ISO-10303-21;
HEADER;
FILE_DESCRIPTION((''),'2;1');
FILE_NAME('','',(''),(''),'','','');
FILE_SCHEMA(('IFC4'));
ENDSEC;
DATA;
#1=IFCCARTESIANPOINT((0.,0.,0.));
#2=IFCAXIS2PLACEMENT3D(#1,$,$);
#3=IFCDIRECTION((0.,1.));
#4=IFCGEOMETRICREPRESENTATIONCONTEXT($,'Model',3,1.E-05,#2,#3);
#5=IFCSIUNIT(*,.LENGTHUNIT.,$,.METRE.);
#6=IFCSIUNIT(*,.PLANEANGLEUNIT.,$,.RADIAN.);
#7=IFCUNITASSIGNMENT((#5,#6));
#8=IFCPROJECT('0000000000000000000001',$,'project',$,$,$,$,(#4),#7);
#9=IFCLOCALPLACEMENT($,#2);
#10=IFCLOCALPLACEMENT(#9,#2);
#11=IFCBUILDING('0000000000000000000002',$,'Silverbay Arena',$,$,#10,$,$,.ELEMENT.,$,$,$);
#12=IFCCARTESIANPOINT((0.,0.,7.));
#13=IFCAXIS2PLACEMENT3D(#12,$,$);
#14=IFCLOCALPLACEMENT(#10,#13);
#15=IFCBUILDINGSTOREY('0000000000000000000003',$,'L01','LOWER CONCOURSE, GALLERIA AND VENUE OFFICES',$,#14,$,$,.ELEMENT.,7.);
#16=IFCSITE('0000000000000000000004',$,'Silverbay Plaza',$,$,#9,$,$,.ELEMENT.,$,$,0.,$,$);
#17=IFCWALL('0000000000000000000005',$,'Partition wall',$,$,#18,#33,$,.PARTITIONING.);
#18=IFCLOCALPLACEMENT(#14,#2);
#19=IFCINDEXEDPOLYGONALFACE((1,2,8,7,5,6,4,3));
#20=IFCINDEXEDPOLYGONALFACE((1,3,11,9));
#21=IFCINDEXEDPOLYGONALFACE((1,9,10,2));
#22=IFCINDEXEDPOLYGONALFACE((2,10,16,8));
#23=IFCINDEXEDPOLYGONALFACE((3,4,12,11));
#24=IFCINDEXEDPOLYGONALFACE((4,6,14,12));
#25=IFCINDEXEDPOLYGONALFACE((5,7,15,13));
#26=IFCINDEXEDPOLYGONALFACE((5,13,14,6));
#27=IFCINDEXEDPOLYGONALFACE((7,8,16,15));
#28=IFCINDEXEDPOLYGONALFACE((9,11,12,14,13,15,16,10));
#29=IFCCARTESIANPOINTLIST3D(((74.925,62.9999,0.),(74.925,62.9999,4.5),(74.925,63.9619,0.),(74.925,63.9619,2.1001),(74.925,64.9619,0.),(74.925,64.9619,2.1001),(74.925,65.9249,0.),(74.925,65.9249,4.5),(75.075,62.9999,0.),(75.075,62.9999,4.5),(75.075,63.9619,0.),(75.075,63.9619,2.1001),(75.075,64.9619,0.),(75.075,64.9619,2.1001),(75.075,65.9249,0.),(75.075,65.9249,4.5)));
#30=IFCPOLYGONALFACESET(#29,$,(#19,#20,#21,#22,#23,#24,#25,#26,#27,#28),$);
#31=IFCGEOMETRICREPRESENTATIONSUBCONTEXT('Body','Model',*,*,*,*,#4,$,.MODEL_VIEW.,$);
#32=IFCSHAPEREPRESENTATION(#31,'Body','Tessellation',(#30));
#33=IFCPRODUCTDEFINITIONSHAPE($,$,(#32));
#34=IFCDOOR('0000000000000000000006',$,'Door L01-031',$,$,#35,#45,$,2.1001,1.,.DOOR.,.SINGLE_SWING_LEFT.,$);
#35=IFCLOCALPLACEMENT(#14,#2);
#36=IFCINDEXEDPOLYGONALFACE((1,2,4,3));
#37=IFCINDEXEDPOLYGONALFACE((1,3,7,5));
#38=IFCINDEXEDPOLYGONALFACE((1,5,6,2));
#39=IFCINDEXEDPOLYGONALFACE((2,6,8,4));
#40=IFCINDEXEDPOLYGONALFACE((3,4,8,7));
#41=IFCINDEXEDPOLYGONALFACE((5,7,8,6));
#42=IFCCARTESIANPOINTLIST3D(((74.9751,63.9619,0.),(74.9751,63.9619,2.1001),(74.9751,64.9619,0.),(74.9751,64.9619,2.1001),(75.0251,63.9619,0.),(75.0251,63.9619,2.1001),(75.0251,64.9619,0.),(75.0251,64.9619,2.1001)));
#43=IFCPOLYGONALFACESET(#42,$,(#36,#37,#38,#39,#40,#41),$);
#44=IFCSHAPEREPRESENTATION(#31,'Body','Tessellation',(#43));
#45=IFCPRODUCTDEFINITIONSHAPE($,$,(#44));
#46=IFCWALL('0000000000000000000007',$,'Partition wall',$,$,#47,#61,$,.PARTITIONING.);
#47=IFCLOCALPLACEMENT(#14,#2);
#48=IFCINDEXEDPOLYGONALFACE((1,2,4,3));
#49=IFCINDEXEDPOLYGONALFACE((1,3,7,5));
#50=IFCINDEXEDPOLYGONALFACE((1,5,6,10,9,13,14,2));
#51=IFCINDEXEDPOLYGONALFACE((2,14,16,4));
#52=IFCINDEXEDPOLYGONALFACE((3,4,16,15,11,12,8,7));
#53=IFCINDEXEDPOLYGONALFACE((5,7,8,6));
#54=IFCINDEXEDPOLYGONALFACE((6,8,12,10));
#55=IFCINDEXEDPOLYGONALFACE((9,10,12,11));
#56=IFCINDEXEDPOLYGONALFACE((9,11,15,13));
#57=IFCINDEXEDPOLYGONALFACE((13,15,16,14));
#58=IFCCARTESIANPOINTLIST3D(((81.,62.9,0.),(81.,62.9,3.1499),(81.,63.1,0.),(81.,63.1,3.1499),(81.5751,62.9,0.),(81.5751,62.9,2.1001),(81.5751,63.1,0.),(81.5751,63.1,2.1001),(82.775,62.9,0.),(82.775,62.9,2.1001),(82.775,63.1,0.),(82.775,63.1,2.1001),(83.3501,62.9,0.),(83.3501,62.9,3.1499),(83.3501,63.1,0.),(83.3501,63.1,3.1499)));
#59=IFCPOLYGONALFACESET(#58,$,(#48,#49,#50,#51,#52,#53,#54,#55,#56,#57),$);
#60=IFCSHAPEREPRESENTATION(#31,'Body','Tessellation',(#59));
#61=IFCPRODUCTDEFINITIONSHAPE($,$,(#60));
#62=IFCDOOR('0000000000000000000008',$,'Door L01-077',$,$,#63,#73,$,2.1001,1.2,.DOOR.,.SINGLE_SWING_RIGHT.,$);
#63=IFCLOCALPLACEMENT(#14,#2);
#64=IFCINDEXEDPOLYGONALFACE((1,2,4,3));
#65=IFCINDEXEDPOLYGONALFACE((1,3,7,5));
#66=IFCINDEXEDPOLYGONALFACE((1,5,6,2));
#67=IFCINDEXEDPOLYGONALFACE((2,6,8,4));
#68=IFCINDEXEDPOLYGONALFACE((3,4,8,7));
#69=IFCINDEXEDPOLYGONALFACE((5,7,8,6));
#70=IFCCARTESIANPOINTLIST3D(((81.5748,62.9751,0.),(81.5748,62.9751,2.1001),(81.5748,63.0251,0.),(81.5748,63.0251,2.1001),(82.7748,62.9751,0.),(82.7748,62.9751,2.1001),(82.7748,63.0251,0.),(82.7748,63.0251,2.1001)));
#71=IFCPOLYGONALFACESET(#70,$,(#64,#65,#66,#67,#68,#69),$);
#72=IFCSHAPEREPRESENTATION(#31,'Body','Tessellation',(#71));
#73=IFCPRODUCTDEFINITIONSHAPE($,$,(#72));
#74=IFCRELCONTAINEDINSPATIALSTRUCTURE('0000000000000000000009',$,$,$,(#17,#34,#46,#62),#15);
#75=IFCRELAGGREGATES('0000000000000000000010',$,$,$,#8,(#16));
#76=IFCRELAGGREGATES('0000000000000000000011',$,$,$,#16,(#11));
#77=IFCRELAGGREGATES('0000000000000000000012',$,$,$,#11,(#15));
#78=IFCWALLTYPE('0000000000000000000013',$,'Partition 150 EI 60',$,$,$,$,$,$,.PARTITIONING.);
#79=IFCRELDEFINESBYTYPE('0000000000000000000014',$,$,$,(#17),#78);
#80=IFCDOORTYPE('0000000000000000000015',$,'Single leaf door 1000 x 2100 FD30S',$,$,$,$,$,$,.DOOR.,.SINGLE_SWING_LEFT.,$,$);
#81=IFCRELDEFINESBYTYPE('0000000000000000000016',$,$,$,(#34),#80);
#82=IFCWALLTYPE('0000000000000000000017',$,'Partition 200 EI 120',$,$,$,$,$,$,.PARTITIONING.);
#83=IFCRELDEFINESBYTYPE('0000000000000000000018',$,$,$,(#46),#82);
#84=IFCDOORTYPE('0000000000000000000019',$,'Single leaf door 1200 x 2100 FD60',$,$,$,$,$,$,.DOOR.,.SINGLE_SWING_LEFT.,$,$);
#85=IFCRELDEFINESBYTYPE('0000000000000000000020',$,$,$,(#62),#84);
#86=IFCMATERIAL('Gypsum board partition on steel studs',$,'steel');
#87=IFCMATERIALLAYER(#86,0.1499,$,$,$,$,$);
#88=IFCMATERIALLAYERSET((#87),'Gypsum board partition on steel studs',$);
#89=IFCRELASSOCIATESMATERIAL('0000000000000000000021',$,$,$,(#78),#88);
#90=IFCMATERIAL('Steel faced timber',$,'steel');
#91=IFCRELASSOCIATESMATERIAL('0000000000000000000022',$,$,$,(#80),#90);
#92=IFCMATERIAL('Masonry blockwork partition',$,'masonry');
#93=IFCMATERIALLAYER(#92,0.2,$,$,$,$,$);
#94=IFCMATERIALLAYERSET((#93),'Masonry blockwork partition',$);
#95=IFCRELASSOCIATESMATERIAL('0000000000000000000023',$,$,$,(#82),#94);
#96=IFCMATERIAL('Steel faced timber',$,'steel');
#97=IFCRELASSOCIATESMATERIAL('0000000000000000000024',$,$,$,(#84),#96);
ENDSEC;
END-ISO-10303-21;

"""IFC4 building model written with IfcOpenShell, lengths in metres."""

from ifc_helpers import new_model, si_unit, direction, frame, frame_2d, origin, place, context, subcontext, project, spatial, rectangle, extrude, material, layer, layer_set, type_object, element, fill, save


model = new_model("IFC4")

# Units and contexts
model_context = context("Model", 3, precision=1e-05, world=origin(), true_north=direction((0.0, 1.0)))
body_context = subcontext(model_context, "Body", "Model", "MODEL_VIEW")
ifc_project = project(units=[si_unit("LENGTHUNIT", "METRE"), si_unit("PLANEANGLEUNIT", "RADIAN")], contexts=[model_context])

# Site, building, storey
site_placement = place(None, origin())
site = spatial("IfcSite", under=ifc_project, at=site_placement, Name="Silverbay Plaza", CompositionType="ELEMENT", RefElevation=0.0)
building_placement = place(site_placement, origin())
building = spatial("IfcBuilding", under=site, at=building_placement, Name="Silverbay Arena", CompositionType="ELEMENT")
storey_placement = place(building_placement, frame((0.0, 0.0, 7.0)))
storey = spatial("IfcBuildingStorey", under=building, at=storey_placement, Name="L01", Description="LOWER CONCOURSE, GALLERIA AND VENUE OFFICES", CompositionType="ELEMENT", Elevation=7.0)

# Shared definitions
ifc_material_1 = material(Name="Gypsum board partition on steel studs", Category="steel")
ifc_layer_1 = layer(ifc_material_1, 0.1499)
ifc_layer_set_1 = layer_set([ifc_layer_1], Name="Gypsum board partition on steel studs")
wall_type_1 = type_object("IfcWallType", Name="Partition 150 EI 60", PredefinedType="PARTITIONING", material=ifc_layer_set_1)

# Walls, openings, doors
wall_1_placement = place(storey_placement, frame((75.0, 63.0, 0.0), z_axis=(0.0, 0.0, 1.0), x_axis=(0.0, 1.0, 0.0)))
wall_1 = element("IfcWall", 1, at=wall_1_placement, inside=storey, type_object=wall_type_1, Name="Partition wall", PredefinedType="PARTITIONING", context=body_context, shape_type="SweptSolid", body=[
    extrude(rectangle(XDim=2.925, YDim=0.1499, at=frame_2d((1.4624, 0.0))), origin(), (0.0, 0.0, 1.0), 4.5),
])
opening_1_placement = place(wall_1_placement, frame((0.9619, 0.0, 0.0)))
opening_1 = element("IfcOpeningElement", 2, at=opening_1_placement, cuts=wall_1, PredefinedType="OPENING", context=body_context, shape_type="SweptSolid", body=[
    extrude(rectangle(XDim=1.0, YDim=2.1001, at=frame_2d((0.5, 1.05))), frame((0.0, 0.085, 0.0), z_axis=(0.0, -1.0, 0.0), x_axis=(1.0, 0.0, 0.0)), (0.0, 0.0, 1.0), 0.1699),
])
ifc_material_2 = material(Name="Steel faced timber", Category="steel")
door_type_1 = type_object("IfcDoorType", Name="Single leaf door 1000 x 2100 FD30S", OperationType="SINGLE_SWING_LEFT", PredefinedType="DOOR", material=ifc_material_2)
door_1_placement = place(opening_1_placement, origin())
door_1 = element("IfcDoor", 3, at=door_1_placement, inside=storey, type_object=door_type_1, Name="Door L01-031", OperationType="SINGLE_SWING_LEFT", OverallHeight=2.1001, OverallWidth=1.0, PredefinedType="DOOR", context=body_context, shape_type="SweptSolid", body=[
    extrude(rectangle(XDim=1.0, YDim=2.1001, at=frame_2d((0.5, 1.05))), frame((0.0, 0.0249, 0.0), z_axis=(0.0, -1.0, 0.0), x_axis=(1.0, 0.0, 0.0)), (0.0, 0.0, 1.0), 0.05),
])
fill(opening_1, door_1)
ifc_material_3 = material(Name="Masonry blockwork partition", Category="masonry")
ifc_layer_2 = layer(ifc_material_3, 0.2)
ifc_layer_set_2 = layer_set([ifc_layer_2], Name="Masonry blockwork partition")
wall_type_2 = type_object("IfcWallType", Name="Partition 200 EI 120", PredefinedType="PARTITIONING", material=ifc_layer_set_2)
wall_2_placement = place(storey_placement, frame((81.0, 63.0, 0.0), z_axis=(0.0, 0.0, 1.0), x_axis=(1.0, 0.0, 0.0)))
wall_2 = element("IfcWall", 4, at=wall_2_placement, inside=storey, type_object=wall_type_2, Name="Partition wall", PredefinedType="PARTITIONING", context=body_context, shape_type="SweptSolid", body=[
    extrude(rectangle(XDim=2.3501, YDim=0.2, at=frame_2d((1.175, 0.0))), origin(), (0.0, 0.0, 1.0), 3.1499),
])
opening_2_placement = place(wall_2_placement, frame((0.575, 0.0, 0.0)))
opening_2 = element("IfcOpeningElement", 5, at=opening_2_placement, cuts=wall_2, PredefinedType="OPENING", context=body_context, shape_type="SweptSolid", body=[
    extrude(rectangle(XDim=1.2, YDim=2.1001, at=frame_2d((0.6001, 1.05))), frame((0.0, 0.1099, 0.0), z_axis=(0.0, -1.0, 0.0), x_axis=(1.0, 0.0, 0.0)), (0.0, 0.0, 1.0), 0.22),
])
ifc_material_4 = material(Name="Steel faced timber", Category="steel")
door_type_2 = type_object("IfcDoorType", Name="Single leaf door 1200 x 2100 FD60", OperationType="SINGLE_SWING_LEFT", PredefinedType="DOOR", material=ifc_material_4)
door_2_placement = place(opening_2_placement, frame((1.2, 0.0, 0.0), z_axis=(0.0, 0.0, 1.0), x_axis=(-1.0, 0.0, 0.0)))
door_2 = element("IfcDoor", 6, at=door_2_placement, inside=storey, type_object=door_type_2, Name="Door L01-077", OperationType="SINGLE_SWING_RIGHT", OverallHeight=2.1001, OverallWidth=1.2, PredefinedType="DOOR", context=body_context, shape_type="SweptSolid", body=[
    extrude(rectangle(XDim=1.2, YDim=2.1001, at=frame_2d((0.6001, 1.05))), frame((0.0, 0.0249, 0.0), z_axis=(0.0, -1.0, 0.0), x_axis=(1.0, 0.0, 0.0)), (0.0, 0.0, 1.0), 0.05),
])
fill(opening_2, door_2)

save(model, "model.ifc")
